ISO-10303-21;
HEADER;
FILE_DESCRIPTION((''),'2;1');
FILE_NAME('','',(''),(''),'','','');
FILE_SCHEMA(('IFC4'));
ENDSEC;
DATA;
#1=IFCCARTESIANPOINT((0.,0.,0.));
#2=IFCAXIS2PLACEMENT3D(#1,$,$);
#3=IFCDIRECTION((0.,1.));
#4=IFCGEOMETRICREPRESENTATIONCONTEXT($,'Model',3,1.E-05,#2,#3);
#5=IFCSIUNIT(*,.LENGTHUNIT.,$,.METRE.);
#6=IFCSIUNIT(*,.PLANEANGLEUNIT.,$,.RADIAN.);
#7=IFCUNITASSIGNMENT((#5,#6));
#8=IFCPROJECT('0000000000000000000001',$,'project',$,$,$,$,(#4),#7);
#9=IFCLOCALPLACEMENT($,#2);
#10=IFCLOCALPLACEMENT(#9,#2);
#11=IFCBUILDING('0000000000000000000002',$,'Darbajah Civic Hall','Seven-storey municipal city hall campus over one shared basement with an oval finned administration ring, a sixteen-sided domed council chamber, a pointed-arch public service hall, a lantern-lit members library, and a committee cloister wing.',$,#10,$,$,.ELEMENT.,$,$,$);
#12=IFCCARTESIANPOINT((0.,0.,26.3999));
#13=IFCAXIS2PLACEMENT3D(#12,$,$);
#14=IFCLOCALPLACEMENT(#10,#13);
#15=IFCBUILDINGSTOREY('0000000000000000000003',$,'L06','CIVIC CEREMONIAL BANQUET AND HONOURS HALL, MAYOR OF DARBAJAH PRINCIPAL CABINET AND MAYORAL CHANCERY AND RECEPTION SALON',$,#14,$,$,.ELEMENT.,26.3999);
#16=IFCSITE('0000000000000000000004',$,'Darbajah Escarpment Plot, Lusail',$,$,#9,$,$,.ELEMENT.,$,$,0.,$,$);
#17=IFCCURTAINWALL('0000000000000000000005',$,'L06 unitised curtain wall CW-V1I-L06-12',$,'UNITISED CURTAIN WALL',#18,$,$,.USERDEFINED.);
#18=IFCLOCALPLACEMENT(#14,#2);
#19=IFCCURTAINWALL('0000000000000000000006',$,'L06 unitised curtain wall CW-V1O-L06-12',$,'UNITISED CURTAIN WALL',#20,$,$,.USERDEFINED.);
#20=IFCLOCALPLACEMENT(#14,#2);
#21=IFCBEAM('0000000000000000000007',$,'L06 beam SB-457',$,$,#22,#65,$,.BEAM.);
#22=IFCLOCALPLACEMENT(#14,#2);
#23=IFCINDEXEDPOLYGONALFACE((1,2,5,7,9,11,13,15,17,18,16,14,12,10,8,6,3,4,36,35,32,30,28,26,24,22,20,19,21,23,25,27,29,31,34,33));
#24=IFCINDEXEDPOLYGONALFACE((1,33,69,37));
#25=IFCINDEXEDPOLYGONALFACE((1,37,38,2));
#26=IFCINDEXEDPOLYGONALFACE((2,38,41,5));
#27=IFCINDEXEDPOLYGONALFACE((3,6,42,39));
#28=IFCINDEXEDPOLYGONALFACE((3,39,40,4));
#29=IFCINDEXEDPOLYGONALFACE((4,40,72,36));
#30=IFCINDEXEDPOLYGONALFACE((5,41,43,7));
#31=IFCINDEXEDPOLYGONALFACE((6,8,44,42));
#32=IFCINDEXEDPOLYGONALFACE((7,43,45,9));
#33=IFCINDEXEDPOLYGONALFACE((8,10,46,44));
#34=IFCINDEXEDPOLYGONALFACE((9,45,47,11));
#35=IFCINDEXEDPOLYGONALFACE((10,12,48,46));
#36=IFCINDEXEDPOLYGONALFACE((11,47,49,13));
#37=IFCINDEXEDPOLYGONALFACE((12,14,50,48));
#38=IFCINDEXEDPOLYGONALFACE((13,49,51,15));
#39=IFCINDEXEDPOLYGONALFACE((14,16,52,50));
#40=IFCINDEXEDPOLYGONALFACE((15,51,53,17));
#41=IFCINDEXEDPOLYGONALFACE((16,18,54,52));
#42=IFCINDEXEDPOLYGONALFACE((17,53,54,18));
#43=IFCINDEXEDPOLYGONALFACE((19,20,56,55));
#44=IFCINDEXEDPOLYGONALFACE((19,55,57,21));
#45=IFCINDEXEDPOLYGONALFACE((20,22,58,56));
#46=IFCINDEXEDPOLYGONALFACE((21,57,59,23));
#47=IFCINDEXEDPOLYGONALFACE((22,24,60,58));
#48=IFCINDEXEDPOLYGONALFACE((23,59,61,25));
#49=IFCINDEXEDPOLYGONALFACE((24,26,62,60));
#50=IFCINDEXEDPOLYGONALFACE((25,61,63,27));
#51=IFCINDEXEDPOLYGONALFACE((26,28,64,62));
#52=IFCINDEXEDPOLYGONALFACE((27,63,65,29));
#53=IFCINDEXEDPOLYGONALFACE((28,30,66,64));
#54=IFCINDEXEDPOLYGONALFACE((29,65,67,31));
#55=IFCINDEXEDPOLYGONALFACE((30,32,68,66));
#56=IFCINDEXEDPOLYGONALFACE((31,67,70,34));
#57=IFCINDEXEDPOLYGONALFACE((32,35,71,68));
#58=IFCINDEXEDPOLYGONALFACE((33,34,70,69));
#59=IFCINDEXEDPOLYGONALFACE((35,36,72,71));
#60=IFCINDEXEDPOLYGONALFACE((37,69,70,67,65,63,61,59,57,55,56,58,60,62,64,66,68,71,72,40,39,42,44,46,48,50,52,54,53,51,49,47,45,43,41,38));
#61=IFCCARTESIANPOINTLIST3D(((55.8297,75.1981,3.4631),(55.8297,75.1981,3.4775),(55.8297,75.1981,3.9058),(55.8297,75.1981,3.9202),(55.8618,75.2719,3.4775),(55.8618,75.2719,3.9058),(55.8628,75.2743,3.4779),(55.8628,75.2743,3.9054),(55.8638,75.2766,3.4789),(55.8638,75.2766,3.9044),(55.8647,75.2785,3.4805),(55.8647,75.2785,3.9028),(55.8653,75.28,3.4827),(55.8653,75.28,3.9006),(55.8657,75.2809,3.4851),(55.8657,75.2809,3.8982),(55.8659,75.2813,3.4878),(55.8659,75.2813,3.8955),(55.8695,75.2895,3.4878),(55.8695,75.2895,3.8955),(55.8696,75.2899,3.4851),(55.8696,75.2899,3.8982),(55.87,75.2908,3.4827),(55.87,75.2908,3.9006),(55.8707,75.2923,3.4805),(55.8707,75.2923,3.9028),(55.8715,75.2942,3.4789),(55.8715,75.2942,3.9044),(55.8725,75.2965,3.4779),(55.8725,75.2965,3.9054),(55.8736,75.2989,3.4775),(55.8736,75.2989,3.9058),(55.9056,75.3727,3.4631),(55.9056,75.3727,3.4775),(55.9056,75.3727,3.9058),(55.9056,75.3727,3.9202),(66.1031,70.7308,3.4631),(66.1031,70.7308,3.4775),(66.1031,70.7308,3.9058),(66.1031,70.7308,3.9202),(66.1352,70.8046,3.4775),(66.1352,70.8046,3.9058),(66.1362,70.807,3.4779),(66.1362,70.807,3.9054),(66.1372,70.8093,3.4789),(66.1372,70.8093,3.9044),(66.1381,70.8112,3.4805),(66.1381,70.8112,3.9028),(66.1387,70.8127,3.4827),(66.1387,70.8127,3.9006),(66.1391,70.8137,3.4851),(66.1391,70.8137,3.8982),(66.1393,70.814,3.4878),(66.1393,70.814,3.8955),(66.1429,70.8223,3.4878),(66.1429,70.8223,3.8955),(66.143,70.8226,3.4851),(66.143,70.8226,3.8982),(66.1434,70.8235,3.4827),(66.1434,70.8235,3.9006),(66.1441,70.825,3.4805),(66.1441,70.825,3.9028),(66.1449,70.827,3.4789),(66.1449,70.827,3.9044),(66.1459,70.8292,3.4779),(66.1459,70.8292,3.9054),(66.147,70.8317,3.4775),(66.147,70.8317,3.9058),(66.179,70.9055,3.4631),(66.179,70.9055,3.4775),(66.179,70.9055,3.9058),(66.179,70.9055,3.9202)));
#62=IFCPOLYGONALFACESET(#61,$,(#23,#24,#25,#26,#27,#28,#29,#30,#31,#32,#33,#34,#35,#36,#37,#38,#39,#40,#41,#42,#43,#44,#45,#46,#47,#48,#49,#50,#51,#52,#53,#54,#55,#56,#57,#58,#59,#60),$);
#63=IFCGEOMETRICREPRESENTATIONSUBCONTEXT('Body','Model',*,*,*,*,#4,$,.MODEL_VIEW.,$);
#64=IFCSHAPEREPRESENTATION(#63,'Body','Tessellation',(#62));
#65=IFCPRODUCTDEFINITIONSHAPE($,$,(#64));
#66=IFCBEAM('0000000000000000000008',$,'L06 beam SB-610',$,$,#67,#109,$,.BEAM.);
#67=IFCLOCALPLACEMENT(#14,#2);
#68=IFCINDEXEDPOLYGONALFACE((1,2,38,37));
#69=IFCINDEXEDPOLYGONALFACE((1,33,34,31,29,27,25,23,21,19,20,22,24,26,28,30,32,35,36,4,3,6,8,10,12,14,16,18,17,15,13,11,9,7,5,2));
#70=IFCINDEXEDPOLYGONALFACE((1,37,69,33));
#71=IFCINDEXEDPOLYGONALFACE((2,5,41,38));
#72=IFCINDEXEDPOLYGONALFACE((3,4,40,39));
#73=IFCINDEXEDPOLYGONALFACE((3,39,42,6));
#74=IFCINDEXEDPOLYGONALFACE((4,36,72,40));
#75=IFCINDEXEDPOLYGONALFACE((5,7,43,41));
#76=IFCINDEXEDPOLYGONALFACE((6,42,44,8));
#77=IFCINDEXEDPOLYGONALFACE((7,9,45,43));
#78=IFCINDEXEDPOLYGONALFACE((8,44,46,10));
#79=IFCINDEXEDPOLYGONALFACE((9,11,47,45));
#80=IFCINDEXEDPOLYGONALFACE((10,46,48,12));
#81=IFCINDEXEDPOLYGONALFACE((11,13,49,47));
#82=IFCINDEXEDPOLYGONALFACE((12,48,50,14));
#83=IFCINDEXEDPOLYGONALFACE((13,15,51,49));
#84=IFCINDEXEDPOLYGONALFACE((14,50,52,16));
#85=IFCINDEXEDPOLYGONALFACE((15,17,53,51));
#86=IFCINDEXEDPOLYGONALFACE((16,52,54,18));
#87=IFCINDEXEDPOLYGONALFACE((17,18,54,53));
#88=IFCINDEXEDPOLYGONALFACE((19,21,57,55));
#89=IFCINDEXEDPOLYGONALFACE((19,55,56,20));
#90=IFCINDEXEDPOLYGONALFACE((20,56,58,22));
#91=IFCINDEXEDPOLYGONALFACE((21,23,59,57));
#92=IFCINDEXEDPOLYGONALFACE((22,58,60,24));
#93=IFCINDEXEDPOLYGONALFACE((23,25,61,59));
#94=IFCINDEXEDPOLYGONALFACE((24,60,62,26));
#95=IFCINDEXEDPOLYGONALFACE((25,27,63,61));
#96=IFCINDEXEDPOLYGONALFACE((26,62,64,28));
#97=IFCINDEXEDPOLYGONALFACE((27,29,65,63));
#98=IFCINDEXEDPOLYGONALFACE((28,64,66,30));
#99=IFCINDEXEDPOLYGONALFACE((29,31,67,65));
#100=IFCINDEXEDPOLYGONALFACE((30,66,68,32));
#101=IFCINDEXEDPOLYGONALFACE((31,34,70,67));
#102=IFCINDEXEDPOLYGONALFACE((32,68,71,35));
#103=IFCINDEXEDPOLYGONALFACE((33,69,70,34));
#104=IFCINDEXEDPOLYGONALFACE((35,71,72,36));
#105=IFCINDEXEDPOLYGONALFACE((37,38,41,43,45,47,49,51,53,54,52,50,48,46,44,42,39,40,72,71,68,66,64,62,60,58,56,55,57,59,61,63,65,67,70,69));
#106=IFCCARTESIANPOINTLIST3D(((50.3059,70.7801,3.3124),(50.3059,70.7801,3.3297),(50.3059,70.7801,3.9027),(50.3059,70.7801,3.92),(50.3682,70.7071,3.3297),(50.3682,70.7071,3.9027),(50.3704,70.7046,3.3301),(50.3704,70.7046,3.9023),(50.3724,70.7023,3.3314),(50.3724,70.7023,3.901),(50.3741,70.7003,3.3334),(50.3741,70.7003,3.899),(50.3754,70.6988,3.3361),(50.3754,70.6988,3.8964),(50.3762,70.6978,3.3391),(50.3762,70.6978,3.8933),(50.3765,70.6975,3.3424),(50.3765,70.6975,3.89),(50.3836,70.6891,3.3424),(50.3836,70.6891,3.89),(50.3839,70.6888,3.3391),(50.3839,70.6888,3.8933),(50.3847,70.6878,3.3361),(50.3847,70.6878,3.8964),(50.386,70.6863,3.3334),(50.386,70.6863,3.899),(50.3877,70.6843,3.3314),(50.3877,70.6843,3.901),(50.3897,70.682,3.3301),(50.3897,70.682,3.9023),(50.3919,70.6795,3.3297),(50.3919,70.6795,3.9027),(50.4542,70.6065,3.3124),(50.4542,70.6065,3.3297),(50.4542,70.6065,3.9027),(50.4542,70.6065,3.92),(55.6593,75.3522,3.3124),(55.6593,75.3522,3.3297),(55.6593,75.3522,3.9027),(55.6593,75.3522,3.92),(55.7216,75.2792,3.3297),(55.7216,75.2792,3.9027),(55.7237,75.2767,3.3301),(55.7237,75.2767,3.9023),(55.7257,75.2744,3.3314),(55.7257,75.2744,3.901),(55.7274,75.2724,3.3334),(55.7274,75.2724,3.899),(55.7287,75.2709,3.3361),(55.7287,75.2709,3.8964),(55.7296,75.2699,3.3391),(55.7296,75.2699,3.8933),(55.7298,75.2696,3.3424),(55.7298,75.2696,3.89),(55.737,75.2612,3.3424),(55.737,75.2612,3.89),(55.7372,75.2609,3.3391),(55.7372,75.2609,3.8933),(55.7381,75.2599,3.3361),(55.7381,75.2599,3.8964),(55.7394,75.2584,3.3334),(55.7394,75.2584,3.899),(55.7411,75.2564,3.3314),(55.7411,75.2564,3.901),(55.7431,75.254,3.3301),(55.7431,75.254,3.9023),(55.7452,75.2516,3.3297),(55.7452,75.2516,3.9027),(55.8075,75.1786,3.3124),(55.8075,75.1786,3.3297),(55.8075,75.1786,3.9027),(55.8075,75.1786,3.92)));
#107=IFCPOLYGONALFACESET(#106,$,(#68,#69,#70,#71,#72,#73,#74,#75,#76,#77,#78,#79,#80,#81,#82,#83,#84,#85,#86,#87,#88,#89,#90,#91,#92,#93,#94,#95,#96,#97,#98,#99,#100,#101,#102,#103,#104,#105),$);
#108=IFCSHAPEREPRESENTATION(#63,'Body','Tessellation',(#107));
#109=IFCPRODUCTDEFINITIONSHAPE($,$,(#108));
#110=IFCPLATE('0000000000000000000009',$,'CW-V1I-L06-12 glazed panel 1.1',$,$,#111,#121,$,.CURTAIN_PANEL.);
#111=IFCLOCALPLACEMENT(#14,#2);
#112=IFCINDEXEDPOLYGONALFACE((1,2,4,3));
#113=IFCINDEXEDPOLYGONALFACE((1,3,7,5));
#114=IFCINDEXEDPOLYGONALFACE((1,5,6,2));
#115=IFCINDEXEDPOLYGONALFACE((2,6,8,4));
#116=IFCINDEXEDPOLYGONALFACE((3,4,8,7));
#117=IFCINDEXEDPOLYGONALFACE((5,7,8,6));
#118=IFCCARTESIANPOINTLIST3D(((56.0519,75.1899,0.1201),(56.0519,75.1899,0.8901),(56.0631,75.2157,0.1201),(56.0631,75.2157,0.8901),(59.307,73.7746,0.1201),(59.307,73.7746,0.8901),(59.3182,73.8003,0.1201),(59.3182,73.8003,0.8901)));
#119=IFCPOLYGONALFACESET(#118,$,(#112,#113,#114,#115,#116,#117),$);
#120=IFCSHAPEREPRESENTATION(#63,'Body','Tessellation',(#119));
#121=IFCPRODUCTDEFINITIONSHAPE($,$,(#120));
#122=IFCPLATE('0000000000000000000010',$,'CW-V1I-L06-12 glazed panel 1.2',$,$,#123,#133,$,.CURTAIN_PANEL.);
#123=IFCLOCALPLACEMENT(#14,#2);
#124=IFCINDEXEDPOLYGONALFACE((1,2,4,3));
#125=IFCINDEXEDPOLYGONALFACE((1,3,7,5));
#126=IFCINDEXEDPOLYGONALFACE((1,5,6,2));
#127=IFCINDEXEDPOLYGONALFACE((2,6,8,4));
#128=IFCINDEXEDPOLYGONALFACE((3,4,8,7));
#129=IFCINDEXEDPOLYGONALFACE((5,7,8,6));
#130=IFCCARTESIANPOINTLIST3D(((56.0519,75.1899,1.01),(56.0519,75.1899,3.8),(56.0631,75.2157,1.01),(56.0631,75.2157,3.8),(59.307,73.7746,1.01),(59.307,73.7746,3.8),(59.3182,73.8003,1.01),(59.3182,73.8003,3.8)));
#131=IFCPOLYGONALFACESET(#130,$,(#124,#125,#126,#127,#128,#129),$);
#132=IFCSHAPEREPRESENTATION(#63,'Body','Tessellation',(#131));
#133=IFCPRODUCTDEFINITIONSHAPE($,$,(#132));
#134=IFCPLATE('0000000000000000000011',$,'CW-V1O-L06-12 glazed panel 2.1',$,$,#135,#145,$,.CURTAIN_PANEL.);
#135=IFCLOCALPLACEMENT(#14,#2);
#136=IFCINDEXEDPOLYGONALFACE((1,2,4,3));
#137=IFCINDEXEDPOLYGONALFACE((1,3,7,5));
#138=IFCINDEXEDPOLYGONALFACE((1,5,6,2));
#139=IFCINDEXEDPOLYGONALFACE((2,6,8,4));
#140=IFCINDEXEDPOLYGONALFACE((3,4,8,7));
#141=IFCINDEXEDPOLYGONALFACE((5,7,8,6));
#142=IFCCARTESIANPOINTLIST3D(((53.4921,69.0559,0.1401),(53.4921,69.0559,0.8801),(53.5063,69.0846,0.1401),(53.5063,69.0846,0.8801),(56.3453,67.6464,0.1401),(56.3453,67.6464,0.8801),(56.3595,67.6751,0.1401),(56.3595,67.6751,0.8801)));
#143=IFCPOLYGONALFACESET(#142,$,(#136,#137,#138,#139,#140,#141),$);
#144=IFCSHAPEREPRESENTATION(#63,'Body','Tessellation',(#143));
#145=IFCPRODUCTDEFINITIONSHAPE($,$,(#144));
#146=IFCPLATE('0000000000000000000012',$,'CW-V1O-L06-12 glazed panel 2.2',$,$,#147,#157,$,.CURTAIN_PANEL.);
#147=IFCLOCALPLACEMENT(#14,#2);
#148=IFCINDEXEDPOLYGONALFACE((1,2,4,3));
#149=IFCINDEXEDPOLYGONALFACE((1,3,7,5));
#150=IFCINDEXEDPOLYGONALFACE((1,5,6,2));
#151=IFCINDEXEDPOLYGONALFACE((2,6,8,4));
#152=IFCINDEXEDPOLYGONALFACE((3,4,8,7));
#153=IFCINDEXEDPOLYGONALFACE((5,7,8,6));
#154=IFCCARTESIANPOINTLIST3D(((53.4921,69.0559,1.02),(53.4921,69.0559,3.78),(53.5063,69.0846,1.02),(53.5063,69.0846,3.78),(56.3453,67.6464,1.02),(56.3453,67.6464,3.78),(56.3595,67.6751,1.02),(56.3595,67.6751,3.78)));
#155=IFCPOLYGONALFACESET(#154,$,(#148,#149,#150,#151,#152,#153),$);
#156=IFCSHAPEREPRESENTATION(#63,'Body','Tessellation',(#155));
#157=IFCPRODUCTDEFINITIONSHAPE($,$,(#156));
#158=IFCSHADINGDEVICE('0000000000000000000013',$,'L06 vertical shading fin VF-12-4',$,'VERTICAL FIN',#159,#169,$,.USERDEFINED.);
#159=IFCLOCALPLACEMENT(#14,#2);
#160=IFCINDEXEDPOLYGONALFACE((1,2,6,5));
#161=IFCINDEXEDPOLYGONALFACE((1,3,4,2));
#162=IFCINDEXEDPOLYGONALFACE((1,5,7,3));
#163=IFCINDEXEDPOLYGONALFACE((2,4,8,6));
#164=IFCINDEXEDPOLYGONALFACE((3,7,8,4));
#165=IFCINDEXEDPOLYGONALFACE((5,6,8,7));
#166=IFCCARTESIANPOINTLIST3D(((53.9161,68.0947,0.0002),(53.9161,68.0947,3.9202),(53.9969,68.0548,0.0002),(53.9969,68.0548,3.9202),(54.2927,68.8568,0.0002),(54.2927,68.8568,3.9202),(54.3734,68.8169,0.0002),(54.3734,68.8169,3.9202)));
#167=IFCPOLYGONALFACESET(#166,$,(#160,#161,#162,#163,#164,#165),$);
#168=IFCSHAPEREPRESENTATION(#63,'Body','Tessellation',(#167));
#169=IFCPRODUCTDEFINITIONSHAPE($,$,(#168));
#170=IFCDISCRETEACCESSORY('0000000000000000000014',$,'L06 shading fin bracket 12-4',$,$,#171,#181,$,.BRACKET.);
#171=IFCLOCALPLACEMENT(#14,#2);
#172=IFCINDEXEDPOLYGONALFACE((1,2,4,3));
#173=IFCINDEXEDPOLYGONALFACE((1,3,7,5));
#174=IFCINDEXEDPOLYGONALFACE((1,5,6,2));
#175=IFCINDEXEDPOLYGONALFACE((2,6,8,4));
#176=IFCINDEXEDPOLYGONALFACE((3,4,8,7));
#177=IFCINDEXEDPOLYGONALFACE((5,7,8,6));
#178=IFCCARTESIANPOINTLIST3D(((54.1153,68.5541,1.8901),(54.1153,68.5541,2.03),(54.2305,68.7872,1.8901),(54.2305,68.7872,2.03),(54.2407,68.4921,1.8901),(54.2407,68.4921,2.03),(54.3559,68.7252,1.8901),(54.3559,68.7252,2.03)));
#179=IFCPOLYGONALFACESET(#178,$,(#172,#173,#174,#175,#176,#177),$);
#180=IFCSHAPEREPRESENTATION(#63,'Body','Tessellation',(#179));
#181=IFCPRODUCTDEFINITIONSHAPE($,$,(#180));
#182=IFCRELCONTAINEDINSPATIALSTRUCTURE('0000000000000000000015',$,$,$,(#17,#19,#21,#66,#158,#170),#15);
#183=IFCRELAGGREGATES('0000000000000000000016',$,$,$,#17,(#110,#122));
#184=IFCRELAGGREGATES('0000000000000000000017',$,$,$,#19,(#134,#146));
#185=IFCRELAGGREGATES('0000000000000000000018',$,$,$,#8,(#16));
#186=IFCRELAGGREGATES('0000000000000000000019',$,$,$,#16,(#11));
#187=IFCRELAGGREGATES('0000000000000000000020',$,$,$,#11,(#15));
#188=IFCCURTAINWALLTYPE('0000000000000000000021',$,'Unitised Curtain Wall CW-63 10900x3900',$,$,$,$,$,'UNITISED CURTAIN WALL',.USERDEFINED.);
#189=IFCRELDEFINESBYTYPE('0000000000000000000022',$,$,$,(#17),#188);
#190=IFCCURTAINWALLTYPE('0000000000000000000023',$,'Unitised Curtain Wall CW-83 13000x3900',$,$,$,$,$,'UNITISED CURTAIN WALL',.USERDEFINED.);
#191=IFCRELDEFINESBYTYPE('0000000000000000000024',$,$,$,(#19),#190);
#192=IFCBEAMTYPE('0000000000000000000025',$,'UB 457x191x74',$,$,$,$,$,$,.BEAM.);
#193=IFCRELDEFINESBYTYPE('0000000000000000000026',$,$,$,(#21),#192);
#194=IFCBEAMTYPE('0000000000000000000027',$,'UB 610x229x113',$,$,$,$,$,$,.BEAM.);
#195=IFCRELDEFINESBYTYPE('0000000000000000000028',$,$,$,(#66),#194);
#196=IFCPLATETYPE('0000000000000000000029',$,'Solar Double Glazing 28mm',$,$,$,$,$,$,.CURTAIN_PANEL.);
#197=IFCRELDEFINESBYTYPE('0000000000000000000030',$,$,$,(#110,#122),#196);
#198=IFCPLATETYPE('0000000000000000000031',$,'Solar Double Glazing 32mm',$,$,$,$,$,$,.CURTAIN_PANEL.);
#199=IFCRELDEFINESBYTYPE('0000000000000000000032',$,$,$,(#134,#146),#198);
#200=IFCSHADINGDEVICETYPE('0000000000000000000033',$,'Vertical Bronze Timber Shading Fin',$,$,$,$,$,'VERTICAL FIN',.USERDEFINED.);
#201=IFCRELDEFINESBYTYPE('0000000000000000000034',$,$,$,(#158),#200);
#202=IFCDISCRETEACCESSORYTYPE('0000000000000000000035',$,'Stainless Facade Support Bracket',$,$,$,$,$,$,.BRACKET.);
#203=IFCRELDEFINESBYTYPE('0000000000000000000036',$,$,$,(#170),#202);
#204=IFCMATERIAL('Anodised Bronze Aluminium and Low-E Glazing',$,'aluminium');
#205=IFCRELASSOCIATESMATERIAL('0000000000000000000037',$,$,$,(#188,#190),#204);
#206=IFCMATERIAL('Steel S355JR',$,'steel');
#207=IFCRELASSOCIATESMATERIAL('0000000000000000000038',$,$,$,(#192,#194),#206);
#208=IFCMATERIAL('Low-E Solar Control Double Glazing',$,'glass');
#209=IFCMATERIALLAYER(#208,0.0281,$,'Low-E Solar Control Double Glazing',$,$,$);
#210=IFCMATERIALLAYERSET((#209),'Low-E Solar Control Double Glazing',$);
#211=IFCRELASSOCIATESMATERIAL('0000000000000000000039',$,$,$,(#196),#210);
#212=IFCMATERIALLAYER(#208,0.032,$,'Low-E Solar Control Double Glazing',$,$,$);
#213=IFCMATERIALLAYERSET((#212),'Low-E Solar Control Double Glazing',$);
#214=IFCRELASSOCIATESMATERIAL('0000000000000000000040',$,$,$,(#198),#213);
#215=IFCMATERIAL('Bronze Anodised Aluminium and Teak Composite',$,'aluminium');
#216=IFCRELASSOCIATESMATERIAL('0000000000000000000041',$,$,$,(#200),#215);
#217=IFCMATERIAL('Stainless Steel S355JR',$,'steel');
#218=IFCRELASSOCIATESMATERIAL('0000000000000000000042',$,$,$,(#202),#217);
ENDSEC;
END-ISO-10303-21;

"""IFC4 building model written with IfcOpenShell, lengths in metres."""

from ifc_helpers import new_model, si_unit, direction, frame, origin, origin_2d, place, context, subcontext, project, spatial, rectangle, i_section, extrude, material, layer, layer_set, material_profile, profile_set, type_object, element, aggregate, save


model = new_model("IFC4")

# Units and contexts
model_context = context("Model", 3, precision=1e-05, world=origin(), true_north=direction((0.0, 1.0)))
body_context = subcontext(model_context, "Body", "Model", "MODEL_VIEW")
ifc_project = project(units=[si_unit("LENGTHUNIT", "METRE"), si_unit("PLANEANGLEUNIT", "RADIAN")], contexts=[model_context])

# Site, building, storey
site_placement = place(None, origin())
site = spatial("IfcSite", under=ifc_project, at=site_placement, Name="Darbajah Escarpment Plot, Lusail", CompositionType="ELEMENT", RefElevation=0.0)
building_placement = place(site_placement, origin())
building = spatial("IfcBuilding", under=site, at=building_placement, Name="Darbajah Civic Hall", Description="Seven-storey municipal city hall campus over one shared basement with an oval finned administration ring, a sixteen-sided domed council chamber, a pointed-arch public service hall, a lantern-lit members library, and a committee cloister wing.", CompositionType="ELEMENT")
storey_placement = place(building_placement, frame((0.0, 0.0, 26.3999)))
storey = spatial("IfcBuildingStorey", under=building, at=storey_placement, Name="L06", Description="CIVIC CEREMONIAL BANQUET AND HONOURS HALL, MAYOR OF DARBAJAH PRINCIPAL CABINET AND MAYORAL CHANCERY AND RECEPTION SALON", CompositionType="ELEMENT", Elevation=26.3999)

# Curtain walls
ifc_material_1 = material(Name="Anodised Bronze Aluminium and Low-E Glazing", Category="aluminium")
curtain_wall_type_1 = type_object("IfcCurtainWallType", Name="Unitised Curtain Wall CW-63 10900x3900", ElementType="UNITISED CURTAIN WALL", PredefinedType="USERDEFINED", material=ifc_material_1)
curtain_wall_1_placement = place(storey_placement, origin())
curtain_wall_1 = element("IfcCurtainWall", 1, at=curtain_wall_1_placement, inside=storey, type_object=curtain_wall_type_1, Name="L06 unitised curtain wall CW-V1I-L06-12", ObjectType="UNITISED CURTAIN WALL", PredefinedType="USERDEFINED")
curtain_wall_type_2 = type_object("IfcCurtainWallType", Name="Unitised Curtain Wall CW-83 13000x3900", ElementType="UNITISED CURTAIN WALL", PredefinedType="USERDEFINED", material=ifc_material_1)
curtain_wall_2_placement = place(storey_placement, origin())
curtain_wall_2 = element("IfcCurtainWall", 2, at=curtain_wall_2_placement, inside=storey, type_object=curtain_wall_type_2, Name="L06 unitised curtain wall CW-V1O-L06-12", ObjectType="UNITISED CURTAIN WALL", PredefinedType="USERDEFINED")

# Beams
ifc_material_2 = material(Name="Steel S355JR", Category="steel")
ifc_material_profile_1 = material_profile(ifc_material_2, i_section(OverallWidth=0.1904, OverallDepth=0.457, WebThickness=0.009, FlangeThickness=0.0144, FilletRadius=0.0103, at=origin_2d()), Name="UB 457x191x74")
ifc_profile_set_1 = profile_set([ifc_material_profile_1], Name="Steel S355JR")
beam_type_1 = type_object("IfcBeamType", Name="UB 457x191x74", PredefinedType="BEAM", material=ifc_profile_set_1)
beam_1_placement = place(storey_placement, frame((55.8677, 75.2854, 3.6917), z_axis=(0.917051, -0.398769, 0.0), x_axis=(0.398769, 0.917051, 0.0)))
element("IfcBeam", 3, at=beam_1_placement, inside=storey, type_object=beam_type_1, Name="L06 beam SB-457", PredefinedType="BEAM", context=body_context, shape_type="SweptSolid", body=[
    extrude(i_section(OverallWidth=0.1904, OverallDepth=0.457, WebThickness=0.009, FlangeThickness=0.0144, FilletRadius=0.0103, at=origin_2d()), origin(), (0.0, 0.0, 1.0), 11.2026),
])
ifc_material_profile_2 = material_profile(ifc_material_2, i_section(OverallWidth=0.2283, OverallDepth=0.6077, WebThickness=0.011, FlangeThickness=0.0173, FilletRadius=0.0127, at=origin_2d()), Name="UB 610x229x113")
ifc_profile_set_2 = profile_set([ifc_material_profile_2], Name="Steel S355JR")
beam_type_2 = type_object("IfcBeamType", Name="UB 610x229x113", PredefinedType="BEAM", material=ifc_profile_set_2)
beam_2_placement = place(storey_placement, frame((55.7334, 75.2654, 3.6162), z_axis=(-0.760413, -0.649439, 0.0), x_axis=(0.649439, -0.760413, 0.0)))
element("IfcBeam", 4, at=beam_2_placement, inside=storey, type_object=beam_type_2, Name="L06 beam SB-610", PredefinedType="BEAM", context=body_context, shape_type="SweptSolid", body=[
    extrude(i_section(OverallWidth=0.2283, OverallDepth=0.6077, WebThickness=0.011, FlangeThickness=0.0173, FilletRadius=0.0127, at=origin_2d()), origin(), (0.0, 0.0, 1.0), 7.04),
])

# Plates
ifc_material_3 = material(Name="Low-E Solar Control Double Glazing", Category="glass")
ifc_layer_1 = layer(ifc_material_3, 0.0281, Name="Low-E Solar Control Double Glazing")
ifc_layer_set_1 = layer_set([ifc_layer_1], Name="Low-E Solar Control Double Glazing")
plate_type_1 = type_object("IfcPlateType", Name="Solar Double Glazing 28mm", PredefinedType="CURTAIN_PANEL", material=ifc_layer_set_1)
plate_1_placement = place(storey_placement, frame((57.6851, 74.4951, 0.1201), z_axis=(0.0, 0.0, 1.0), x_axis=(0.91706, -0.398749, 0.0)))
plate_1 = element("IfcPlate", 5, at=plate_1_placement, type_object=plate_type_1, Name="CW-V1I-L06-12 glazed panel 1.1", PredefinedType="CURTAIN_PANEL", context=body_context, shape_type="SweptSolid", body=[
    extrude(rectangle(XDim=3.5496, YDim=0.0281, at=origin_2d()), origin(), (0.0, 0.0, 1.0), 0.77),
])
plate_2_placement = place(storey_placement, frame((57.6851, 74.4951, 1.01), z_axis=(0.0, 0.0, 1.0), x_axis=(0.91706, -0.398749, 0.0)))
plate_2 = element("IfcPlate", 6, at=plate_2_placement, type_object=plate_type_1, Name="CW-V1I-L06-12 glazed panel 1.2", PredefinedType="CURTAIN_PANEL", context=body_context, shape_type="SweptSolid", body=[
    extrude(rectangle(XDim=3.5496, YDim=0.0281, at=origin_2d()), origin(), (0.0, 0.0, 1.0), 2.79),
])
aggregate(curtain_wall_1, [plate_1, plate_2])
ifc_layer_2 = layer(ifc_material_3, 0.032, Name="Low-E Solar Control Double Glazing")
ifc_layer_set_2 = layer_set([ifc_layer_2], Name="Low-E Solar Control Double Glazing")
plate_type_2 = type_object("IfcPlateType", Name="Solar Double Glazing 32mm", PredefinedType="CURTAIN_PANEL", material=ifc_layer_set_2)
plate_3_placement = place(storey_placement, frame((54.9258, 68.3655, 0.1401), z_axis=(0.0, 0.0, 1.0), x_axis=(0.896564, -0.442915, 0.0)))
plate_3 = element("IfcPlate", 7, at=plate_3_placement, type_object=plate_type_2, Name="CW-V1O-L06-12 glazed panel 2.1", PredefinedType="CURTAIN_PANEL", context=body_context, shape_type="SweptSolid", body=[
    extrude(rectangle(XDim=3.1824, YDim=0.032, at=origin_2d()), origin(), (0.0, 0.0, 1.0), 0.74),
])
plate_4_placement = place(storey_placement, frame((54.9258, 68.3655, 1.02), z_axis=(0.0, 0.0, 1.0), x_axis=(0.896564, -0.442915, 0.0)))
plate_4 = element("IfcPlate", 8, at=plate_4_placement, type_object=plate_type_2, Name="CW-V1O-L06-12 glazed panel 2.2", PredefinedType="CURTAIN_PANEL", context=body_context, shape_type="SweptSolid", body=[
    extrude(rectangle(XDim=3.1824, YDim=0.032, at=origin_2d()), origin(), (0.0, 0.0, 1.0), 2.76),
])
aggregate(curtain_wall_2, [plate_3, plate_4])

# Shading device
ifc_material_4 = material(Name="Bronze Anodised Aluminium and Teak Composite", Category="aluminium")
shading_device_type = type_object("IfcShadingDeviceType", Name="Vertical Bronze Timber Shading Fin", ElementType="VERTICAL FIN", PredefinedType="USERDEFINED", material=ifc_material_4)
shading_device_placement = place(storey_placement, frame((54.1448, 68.4558, 0.0002), z_axis=(0.0, 0.0, 1.0), x_axis=(-0.442915, -0.896564, 0.0)))
element("IfcShadingDevice", 9, at=shading_device_placement, inside=storey, type_object=shading_device_type, Name="L06 vertical shading fin VF-12-4", ObjectType="VERTICAL FIN", PredefinedType="USERDEFINED", context=body_context, shape_type="SweptSolid", body=[
    extrude(rectangle(XDim=0.8501, YDim=0.0901, at=origin_2d()), origin(), (0.0, 0.0, 1.0), 3.9199),
])

# Discrete accessory
ifc_material_5 = material(Name="Stainless Steel S355JR", Category="steel")
discrete_accessory_type = type_object("IfcDiscreteAccessoryType", Name="Stainless Facade Support Bracket", PredefinedType="BRACKET", material=ifc_material_5)
discrete_accessory_placement = place(storey_placement, frame((54.2356, 68.6396, 1.8901), z_axis=(0.0, 0.0, 1.0), x_axis=(-0.442915, -0.896564, 0.0)))
element("IfcDiscreteAccessory", 10, at=discrete_accessory_placement, inside=storey, type_object=discrete_accessory_type, Name="L06 shading fin bracket 12-4", PredefinedType="BRACKET", context=body_context, shape_type="SweptSolid", body=[
    extrude(rectangle(XDim=0.26, YDim=0.1399, at=origin_2d()), origin(), (0.0, 0.0, 1.0), 0.1399),
])

save(model, "model.ifc")
